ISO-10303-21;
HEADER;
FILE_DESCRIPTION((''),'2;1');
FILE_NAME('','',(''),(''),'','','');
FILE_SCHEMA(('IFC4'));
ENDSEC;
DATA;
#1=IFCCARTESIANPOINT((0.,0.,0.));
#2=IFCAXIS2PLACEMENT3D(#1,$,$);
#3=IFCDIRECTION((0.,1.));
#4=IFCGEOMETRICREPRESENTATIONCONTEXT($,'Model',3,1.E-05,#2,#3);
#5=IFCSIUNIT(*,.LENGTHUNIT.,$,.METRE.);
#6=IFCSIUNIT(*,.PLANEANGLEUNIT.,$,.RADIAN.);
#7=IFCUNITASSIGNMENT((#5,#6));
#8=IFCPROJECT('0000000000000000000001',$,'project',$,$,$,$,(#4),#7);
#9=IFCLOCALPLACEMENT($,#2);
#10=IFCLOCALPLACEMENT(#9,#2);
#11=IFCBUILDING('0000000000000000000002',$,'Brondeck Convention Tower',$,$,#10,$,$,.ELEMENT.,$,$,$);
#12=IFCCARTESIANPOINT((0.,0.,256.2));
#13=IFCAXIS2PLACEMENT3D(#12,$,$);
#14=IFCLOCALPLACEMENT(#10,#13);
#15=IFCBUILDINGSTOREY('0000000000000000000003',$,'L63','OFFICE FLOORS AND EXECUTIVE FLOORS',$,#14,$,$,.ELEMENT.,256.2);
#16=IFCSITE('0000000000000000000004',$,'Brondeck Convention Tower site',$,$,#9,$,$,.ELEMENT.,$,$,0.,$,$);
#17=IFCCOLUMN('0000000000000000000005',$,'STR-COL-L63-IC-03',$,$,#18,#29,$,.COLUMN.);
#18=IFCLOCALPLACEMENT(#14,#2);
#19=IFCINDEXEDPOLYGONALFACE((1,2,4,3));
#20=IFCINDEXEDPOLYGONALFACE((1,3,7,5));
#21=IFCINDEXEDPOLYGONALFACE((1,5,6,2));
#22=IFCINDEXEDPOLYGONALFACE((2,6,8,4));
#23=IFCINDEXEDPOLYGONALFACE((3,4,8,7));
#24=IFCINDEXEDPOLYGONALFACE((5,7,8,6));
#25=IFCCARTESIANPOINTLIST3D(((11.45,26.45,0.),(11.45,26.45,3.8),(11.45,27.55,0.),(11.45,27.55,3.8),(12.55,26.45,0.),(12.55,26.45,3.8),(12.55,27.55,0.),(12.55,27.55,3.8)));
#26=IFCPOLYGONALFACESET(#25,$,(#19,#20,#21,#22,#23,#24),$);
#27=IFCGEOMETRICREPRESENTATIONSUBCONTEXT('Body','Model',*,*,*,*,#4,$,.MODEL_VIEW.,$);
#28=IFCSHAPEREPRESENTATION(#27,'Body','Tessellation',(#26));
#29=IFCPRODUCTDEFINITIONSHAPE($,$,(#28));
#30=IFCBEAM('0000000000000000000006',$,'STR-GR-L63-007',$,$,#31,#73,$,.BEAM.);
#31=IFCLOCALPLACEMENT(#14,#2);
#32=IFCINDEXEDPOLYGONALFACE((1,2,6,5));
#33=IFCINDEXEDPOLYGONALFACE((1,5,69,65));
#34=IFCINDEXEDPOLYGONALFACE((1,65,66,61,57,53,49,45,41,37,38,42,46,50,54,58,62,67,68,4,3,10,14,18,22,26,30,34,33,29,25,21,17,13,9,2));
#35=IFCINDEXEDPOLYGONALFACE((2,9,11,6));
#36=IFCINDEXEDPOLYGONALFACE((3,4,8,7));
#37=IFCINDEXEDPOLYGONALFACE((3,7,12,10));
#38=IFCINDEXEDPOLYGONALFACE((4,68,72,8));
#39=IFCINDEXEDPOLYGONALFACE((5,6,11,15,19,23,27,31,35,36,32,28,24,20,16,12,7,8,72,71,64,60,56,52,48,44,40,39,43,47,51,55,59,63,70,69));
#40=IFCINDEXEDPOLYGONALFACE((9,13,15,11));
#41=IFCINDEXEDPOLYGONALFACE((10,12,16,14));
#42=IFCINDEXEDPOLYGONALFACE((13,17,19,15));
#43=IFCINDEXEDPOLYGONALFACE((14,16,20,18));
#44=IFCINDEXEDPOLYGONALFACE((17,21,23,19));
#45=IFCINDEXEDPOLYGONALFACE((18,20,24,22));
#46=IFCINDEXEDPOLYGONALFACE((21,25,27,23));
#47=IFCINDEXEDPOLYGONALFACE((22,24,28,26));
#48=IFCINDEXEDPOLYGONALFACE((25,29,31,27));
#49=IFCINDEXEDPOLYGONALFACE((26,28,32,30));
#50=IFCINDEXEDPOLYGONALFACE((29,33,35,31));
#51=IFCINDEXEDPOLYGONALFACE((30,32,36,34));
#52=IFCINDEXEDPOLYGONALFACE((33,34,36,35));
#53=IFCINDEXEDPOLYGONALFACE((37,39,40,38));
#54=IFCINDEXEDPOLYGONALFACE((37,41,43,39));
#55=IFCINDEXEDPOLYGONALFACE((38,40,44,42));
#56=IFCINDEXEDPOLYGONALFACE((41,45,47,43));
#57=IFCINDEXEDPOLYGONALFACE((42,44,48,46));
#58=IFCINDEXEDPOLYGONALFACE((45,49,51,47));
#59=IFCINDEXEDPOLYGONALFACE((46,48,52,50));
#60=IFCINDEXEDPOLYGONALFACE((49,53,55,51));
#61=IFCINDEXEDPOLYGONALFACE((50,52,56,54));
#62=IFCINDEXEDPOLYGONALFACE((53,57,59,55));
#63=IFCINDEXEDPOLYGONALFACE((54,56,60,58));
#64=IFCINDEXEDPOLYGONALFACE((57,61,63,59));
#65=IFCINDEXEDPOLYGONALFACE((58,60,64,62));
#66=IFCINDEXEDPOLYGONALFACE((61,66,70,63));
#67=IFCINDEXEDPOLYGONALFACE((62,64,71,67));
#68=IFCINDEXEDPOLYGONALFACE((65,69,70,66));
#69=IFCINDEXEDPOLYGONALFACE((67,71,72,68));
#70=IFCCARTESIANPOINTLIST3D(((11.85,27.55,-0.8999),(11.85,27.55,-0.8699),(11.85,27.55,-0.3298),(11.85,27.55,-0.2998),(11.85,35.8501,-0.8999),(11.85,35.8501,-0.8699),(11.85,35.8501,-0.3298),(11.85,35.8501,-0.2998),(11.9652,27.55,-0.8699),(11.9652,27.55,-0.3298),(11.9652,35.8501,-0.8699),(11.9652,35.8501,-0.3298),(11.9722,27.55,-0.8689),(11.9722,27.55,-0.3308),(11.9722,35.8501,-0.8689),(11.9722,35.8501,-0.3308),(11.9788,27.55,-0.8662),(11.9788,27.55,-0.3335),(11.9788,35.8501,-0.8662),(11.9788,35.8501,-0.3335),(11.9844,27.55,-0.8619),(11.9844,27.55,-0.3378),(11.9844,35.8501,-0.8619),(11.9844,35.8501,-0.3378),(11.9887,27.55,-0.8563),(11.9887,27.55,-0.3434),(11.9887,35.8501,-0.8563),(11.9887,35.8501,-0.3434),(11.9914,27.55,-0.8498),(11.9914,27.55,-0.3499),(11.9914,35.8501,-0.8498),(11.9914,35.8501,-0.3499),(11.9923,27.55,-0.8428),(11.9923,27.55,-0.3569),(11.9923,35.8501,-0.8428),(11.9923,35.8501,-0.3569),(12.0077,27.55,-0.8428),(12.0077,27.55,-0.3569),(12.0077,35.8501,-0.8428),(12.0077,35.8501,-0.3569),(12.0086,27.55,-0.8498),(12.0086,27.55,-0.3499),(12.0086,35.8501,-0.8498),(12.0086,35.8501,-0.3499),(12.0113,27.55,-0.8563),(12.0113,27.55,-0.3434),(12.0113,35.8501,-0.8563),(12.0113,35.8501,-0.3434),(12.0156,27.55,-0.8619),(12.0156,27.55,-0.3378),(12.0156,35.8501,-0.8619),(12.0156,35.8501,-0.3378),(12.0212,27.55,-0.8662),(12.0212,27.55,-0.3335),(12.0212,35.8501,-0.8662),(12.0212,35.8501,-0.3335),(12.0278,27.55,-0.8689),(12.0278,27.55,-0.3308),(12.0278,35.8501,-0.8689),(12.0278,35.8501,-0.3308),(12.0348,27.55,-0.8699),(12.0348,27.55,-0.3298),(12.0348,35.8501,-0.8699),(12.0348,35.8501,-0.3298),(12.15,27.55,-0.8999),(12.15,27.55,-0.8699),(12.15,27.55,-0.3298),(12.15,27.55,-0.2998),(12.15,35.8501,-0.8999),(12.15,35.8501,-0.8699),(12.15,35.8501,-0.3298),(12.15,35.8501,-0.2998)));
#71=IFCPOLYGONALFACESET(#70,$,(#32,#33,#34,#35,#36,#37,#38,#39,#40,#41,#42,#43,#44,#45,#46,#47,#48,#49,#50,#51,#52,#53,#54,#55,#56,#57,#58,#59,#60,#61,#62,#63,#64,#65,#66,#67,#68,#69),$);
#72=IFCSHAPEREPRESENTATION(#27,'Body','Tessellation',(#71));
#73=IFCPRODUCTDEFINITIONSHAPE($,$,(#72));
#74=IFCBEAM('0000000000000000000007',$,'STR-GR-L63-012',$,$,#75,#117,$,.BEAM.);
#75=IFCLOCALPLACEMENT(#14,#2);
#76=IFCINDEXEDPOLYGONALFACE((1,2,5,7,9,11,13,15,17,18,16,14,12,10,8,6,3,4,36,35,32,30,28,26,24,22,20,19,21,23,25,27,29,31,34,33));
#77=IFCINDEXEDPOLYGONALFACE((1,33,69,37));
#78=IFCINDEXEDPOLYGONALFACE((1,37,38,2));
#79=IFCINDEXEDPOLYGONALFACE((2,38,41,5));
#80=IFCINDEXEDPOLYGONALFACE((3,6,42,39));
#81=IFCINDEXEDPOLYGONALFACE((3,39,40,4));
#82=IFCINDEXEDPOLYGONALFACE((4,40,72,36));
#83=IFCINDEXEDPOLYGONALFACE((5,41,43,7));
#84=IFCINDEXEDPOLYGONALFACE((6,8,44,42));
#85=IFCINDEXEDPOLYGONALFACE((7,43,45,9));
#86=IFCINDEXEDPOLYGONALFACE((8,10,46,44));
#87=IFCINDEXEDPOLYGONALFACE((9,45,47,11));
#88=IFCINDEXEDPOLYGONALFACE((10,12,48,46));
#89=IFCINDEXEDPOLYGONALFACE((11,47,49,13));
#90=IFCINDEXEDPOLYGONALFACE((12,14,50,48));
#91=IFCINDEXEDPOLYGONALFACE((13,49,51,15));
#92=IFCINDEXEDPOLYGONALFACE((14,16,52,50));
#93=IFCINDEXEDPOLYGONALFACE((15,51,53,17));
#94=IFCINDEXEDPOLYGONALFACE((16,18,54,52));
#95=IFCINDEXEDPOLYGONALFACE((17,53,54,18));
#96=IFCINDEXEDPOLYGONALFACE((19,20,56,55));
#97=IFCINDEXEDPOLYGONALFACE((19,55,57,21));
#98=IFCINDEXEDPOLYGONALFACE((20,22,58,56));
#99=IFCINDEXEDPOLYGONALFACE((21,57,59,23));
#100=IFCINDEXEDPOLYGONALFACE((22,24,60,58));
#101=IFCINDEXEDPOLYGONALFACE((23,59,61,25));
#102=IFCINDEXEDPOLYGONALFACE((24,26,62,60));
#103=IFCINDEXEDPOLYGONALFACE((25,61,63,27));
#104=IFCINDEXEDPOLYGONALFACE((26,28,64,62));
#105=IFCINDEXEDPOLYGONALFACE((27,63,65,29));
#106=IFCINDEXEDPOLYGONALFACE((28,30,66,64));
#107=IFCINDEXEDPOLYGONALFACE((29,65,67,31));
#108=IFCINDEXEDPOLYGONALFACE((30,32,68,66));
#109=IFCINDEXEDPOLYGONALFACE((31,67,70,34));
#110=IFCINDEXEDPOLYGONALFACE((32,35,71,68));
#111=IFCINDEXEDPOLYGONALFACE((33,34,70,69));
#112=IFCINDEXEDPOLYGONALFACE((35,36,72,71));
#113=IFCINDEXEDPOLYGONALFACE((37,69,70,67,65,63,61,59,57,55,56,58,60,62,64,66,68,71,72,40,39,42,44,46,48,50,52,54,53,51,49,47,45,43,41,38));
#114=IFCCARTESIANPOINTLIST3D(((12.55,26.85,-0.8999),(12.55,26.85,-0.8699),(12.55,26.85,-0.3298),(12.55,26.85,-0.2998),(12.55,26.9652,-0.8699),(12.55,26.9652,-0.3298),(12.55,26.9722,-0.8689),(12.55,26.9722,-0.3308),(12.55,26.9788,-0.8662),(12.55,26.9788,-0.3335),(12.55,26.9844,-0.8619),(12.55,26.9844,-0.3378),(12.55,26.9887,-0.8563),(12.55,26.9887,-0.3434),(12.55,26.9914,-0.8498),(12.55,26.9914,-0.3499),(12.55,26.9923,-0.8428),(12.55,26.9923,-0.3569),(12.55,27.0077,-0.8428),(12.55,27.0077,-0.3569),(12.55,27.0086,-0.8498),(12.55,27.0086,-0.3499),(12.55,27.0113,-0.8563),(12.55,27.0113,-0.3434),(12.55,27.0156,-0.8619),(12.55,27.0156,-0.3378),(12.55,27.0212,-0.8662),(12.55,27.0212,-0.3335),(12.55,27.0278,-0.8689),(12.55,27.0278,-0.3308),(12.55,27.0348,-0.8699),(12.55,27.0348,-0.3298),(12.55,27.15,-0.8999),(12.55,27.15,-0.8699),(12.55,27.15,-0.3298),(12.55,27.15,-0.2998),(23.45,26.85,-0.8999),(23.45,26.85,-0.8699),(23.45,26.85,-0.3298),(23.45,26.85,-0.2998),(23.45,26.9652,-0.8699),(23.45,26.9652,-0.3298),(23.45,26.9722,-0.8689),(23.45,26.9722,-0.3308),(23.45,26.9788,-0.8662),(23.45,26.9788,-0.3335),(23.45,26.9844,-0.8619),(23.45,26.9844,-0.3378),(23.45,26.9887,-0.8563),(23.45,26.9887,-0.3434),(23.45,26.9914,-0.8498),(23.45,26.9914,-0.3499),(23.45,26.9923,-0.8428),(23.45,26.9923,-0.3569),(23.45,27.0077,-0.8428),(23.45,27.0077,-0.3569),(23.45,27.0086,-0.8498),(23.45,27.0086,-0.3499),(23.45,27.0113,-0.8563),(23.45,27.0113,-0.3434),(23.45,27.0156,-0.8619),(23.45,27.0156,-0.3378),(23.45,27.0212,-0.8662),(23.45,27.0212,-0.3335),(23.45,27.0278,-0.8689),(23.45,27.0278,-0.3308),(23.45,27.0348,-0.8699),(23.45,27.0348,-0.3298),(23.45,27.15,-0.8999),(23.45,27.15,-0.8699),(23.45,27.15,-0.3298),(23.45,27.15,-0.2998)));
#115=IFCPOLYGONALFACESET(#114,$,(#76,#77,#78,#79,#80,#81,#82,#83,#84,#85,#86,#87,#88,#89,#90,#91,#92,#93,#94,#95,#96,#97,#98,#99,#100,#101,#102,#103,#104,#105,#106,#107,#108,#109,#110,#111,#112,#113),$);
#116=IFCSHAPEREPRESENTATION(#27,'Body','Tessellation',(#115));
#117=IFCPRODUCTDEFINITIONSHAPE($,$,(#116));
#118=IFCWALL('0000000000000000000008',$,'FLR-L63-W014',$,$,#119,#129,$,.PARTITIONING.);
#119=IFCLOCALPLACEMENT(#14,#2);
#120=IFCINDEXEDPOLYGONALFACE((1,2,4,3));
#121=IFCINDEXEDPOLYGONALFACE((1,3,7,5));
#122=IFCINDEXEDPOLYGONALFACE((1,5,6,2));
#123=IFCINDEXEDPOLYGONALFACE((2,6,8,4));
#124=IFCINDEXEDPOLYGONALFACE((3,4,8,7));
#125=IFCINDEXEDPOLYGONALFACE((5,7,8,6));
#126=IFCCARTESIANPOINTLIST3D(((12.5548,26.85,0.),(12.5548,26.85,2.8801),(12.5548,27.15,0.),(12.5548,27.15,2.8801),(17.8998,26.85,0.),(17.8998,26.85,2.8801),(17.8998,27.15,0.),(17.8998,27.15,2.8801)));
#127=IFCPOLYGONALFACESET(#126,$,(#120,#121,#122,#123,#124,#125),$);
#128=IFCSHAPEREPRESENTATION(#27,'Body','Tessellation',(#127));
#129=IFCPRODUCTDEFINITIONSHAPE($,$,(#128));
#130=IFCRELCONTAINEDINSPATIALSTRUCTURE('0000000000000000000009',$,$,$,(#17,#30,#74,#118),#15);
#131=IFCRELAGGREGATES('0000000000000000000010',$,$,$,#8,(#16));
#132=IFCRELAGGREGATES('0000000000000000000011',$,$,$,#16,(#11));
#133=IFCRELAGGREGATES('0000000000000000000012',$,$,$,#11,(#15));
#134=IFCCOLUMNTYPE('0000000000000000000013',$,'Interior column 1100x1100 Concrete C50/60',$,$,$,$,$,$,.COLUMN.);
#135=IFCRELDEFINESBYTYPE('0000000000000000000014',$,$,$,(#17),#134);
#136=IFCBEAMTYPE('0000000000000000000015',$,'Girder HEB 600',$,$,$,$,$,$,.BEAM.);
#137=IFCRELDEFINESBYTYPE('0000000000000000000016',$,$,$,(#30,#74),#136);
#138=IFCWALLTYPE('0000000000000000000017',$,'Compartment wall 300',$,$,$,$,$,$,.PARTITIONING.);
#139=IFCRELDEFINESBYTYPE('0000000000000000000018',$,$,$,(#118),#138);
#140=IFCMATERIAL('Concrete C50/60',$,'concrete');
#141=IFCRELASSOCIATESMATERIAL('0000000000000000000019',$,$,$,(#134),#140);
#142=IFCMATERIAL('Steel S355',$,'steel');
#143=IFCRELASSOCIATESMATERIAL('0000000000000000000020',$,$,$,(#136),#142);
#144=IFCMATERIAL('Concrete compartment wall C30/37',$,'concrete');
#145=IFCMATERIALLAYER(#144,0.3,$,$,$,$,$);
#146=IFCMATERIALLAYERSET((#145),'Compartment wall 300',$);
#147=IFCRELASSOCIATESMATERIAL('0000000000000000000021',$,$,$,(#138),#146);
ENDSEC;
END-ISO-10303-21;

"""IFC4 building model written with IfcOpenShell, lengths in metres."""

from ifc_helpers import new_model, si_unit, direction, frame, frame_2d, origin, origin_2d, place, context, subcontext, project, spatial, rectangle, i_section, extrude, material, layer, layer_set, material_profile, profile_set, type_object, element, save


model = new_model("IFC4")

# Units and contexts
model_context = context("Model", 3, precision=1e-05, world=origin(), true_north=direction((0.0, 1.0)))
body_context = subcontext(model_context, "Body", "Model", "MODEL_VIEW")
ifc_project = project(units=[si_unit("LENGTHUNIT", "METRE"), si_unit("PLANEANGLEUNIT", "RADIAN")], contexts=[model_context])

# Site, building, storey
site_placement = place(None, origin())
site = spatial("IfcSite", under=ifc_project, at=site_placement, Name="Brondeck Convention Tower site", CompositionType="ELEMENT", RefElevation=0.0)
building_placement = place(site_placement, origin())
building = spatial("IfcBuilding", under=site, at=building_placement, Name="Brondeck Convention Tower", CompositionType="ELEMENT")
storey_placement = place(building_placement, frame((0.0, 0.0, 256.2)))
storey = spatial("IfcBuildingStorey", under=building, at=storey_placement, Name="L63", Description="OFFICE FLOORS AND EXECUTIVE FLOORS", CompositionType="ELEMENT", Elevation=256.2)

# Column
ifc_material_1 = material(Name="Concrete C50/60", Category="concrete")
ifc_material_profile_1 = material_profile(ifc_material_1, rectangle(XDim=1.1001, YDim=1.1001, at=origin_2d()), Name="Interior column 1100x1100 Concrete C50/60")
ifc_profile_set_1 = profile_set([ifc_material_profile_1], Name="Concrete C50/60")
column_type = type_object("IfcColumnType", Name="Interior column 1100x1100 Concrete C50/60", PredefinedType="COLUMN", material=ifc_profile_set_1)
column_placement = place(storey_placement, frame((12.0, 27.0, 0.0), z_axis=(0.0, 0.0, 1.0), x_axis=(1.0, 0.0, 0.0)))
element("IfcColumn", 1, at=column_placement, inside=storey, type_object=column_type, Name="STR-COL-L63-IC-03", PredefinedType="COLUMN", context=body_context, shape_type="SweptSolid", body=[
    extrude(rectangle(XDim=1.1001, YDim=1.1001, at=origin_2d()), origin(), (0.0, 0.0, 1.0), 3.8),
])

# Beams
ifc_material_2 = material(Name="Steel S355", Category="steel")
ifc_material_profile_2 = material_profile(ifc_material_2, i_section(OverallWidth=0.3, OverallDepth=0.6001, WebThickness=0.0154, FlangeThickness=0.03, FilletRadius=0.0271, at=origin_2d()), Name="HEB 600")
ifc_profile_set_2 = profile_set([ifc_material_profile_2], Name="Steel S355")
beam_type = type_object("IfcBeamType", Name="Girder HEB 600", PredefinedType="BEAM", material=ifc_profile_set_2)
beam_1_placement = place(storey_placement, frame((12.0, 35.8501, -0.5999), z_axis=(0.0, -1.0, 0.0), x_axis=(1.0, 0.0, 0.0)))
element("IfcBeam", 2, at=beam_1_placement, inside=storey, type_object=beam_type, Name="STR-GR-L63-007", PredefinedType="BEAM", context=body_context, shape_type="SweptSolid", body=[
    extrude(i_section(OverallWidth=0.3, OverallDepth=0.6001, WebThickness=0.0154, FlangeThickness=0.03, FilletRadius=0.0271, at=origin_2d()), origin(), (0.0, 0.0, 1.0), 8.3),
])
beam_2_placement = place(storey_placement, frame((12.55, 27.0, -0.5999), z_axis=(1.0, 0.0, 0.0), x_axis=(0.0, 1.0, 0.0)))
element("IfcBeam", 3, at=beam_2_placement, inside=storey, type_object=beam_type, Name="STR-GR-L63-012", PredefinedType="BEAM", context=body_context, shape_type="SweptSolid", body=[
    extrude(i_section(OverallWidth=0.3, OverallDepth=0.6001, WebThickness=0.0154, FlangeThickness=0.03, FilletRadius=0.0271, at=origin_2d()), origin(), (0.0, 0.0, 1.0), 10.8999),
])

# Wall
ifc_material_3 = material(Name="Concrete compartment wall C30/37", Category="concrete")
ifc_layer_1 = layer(ifc_material_3, 0.3)
ifc_layer_set_1 = layer_set([ifc_layer_1], Name="Compartment wall 300")
wall_type_1 = type_object("IfcWallType", Name="Compartment wall 300", PredefinedType="PARTITIONING", material=ifc_layer_set_1)
wall_1_placement = place(storey_placement, frame((12.5549, 27.0, 0.0), z_axis=(0.0, 0.0, 1.0), x_axis=(1.0, 0.0, 0.0)))
element("IfcWall", 4, at=wall_1_placement, inside=storey, type_object=wall_type_1, Name="FLR-L63-W014", PredefinedType="PARTITIONING", context=body_context, shape_type="SweptSolid", body=[
    extrude(rectangle(XDim=5.345, YDim=0.3, at=frame_2d((2.6724, 0.0))), origin(), (0.0, 0.0, 1.0), 2.8801),
])

save(model, "model.ifc")
